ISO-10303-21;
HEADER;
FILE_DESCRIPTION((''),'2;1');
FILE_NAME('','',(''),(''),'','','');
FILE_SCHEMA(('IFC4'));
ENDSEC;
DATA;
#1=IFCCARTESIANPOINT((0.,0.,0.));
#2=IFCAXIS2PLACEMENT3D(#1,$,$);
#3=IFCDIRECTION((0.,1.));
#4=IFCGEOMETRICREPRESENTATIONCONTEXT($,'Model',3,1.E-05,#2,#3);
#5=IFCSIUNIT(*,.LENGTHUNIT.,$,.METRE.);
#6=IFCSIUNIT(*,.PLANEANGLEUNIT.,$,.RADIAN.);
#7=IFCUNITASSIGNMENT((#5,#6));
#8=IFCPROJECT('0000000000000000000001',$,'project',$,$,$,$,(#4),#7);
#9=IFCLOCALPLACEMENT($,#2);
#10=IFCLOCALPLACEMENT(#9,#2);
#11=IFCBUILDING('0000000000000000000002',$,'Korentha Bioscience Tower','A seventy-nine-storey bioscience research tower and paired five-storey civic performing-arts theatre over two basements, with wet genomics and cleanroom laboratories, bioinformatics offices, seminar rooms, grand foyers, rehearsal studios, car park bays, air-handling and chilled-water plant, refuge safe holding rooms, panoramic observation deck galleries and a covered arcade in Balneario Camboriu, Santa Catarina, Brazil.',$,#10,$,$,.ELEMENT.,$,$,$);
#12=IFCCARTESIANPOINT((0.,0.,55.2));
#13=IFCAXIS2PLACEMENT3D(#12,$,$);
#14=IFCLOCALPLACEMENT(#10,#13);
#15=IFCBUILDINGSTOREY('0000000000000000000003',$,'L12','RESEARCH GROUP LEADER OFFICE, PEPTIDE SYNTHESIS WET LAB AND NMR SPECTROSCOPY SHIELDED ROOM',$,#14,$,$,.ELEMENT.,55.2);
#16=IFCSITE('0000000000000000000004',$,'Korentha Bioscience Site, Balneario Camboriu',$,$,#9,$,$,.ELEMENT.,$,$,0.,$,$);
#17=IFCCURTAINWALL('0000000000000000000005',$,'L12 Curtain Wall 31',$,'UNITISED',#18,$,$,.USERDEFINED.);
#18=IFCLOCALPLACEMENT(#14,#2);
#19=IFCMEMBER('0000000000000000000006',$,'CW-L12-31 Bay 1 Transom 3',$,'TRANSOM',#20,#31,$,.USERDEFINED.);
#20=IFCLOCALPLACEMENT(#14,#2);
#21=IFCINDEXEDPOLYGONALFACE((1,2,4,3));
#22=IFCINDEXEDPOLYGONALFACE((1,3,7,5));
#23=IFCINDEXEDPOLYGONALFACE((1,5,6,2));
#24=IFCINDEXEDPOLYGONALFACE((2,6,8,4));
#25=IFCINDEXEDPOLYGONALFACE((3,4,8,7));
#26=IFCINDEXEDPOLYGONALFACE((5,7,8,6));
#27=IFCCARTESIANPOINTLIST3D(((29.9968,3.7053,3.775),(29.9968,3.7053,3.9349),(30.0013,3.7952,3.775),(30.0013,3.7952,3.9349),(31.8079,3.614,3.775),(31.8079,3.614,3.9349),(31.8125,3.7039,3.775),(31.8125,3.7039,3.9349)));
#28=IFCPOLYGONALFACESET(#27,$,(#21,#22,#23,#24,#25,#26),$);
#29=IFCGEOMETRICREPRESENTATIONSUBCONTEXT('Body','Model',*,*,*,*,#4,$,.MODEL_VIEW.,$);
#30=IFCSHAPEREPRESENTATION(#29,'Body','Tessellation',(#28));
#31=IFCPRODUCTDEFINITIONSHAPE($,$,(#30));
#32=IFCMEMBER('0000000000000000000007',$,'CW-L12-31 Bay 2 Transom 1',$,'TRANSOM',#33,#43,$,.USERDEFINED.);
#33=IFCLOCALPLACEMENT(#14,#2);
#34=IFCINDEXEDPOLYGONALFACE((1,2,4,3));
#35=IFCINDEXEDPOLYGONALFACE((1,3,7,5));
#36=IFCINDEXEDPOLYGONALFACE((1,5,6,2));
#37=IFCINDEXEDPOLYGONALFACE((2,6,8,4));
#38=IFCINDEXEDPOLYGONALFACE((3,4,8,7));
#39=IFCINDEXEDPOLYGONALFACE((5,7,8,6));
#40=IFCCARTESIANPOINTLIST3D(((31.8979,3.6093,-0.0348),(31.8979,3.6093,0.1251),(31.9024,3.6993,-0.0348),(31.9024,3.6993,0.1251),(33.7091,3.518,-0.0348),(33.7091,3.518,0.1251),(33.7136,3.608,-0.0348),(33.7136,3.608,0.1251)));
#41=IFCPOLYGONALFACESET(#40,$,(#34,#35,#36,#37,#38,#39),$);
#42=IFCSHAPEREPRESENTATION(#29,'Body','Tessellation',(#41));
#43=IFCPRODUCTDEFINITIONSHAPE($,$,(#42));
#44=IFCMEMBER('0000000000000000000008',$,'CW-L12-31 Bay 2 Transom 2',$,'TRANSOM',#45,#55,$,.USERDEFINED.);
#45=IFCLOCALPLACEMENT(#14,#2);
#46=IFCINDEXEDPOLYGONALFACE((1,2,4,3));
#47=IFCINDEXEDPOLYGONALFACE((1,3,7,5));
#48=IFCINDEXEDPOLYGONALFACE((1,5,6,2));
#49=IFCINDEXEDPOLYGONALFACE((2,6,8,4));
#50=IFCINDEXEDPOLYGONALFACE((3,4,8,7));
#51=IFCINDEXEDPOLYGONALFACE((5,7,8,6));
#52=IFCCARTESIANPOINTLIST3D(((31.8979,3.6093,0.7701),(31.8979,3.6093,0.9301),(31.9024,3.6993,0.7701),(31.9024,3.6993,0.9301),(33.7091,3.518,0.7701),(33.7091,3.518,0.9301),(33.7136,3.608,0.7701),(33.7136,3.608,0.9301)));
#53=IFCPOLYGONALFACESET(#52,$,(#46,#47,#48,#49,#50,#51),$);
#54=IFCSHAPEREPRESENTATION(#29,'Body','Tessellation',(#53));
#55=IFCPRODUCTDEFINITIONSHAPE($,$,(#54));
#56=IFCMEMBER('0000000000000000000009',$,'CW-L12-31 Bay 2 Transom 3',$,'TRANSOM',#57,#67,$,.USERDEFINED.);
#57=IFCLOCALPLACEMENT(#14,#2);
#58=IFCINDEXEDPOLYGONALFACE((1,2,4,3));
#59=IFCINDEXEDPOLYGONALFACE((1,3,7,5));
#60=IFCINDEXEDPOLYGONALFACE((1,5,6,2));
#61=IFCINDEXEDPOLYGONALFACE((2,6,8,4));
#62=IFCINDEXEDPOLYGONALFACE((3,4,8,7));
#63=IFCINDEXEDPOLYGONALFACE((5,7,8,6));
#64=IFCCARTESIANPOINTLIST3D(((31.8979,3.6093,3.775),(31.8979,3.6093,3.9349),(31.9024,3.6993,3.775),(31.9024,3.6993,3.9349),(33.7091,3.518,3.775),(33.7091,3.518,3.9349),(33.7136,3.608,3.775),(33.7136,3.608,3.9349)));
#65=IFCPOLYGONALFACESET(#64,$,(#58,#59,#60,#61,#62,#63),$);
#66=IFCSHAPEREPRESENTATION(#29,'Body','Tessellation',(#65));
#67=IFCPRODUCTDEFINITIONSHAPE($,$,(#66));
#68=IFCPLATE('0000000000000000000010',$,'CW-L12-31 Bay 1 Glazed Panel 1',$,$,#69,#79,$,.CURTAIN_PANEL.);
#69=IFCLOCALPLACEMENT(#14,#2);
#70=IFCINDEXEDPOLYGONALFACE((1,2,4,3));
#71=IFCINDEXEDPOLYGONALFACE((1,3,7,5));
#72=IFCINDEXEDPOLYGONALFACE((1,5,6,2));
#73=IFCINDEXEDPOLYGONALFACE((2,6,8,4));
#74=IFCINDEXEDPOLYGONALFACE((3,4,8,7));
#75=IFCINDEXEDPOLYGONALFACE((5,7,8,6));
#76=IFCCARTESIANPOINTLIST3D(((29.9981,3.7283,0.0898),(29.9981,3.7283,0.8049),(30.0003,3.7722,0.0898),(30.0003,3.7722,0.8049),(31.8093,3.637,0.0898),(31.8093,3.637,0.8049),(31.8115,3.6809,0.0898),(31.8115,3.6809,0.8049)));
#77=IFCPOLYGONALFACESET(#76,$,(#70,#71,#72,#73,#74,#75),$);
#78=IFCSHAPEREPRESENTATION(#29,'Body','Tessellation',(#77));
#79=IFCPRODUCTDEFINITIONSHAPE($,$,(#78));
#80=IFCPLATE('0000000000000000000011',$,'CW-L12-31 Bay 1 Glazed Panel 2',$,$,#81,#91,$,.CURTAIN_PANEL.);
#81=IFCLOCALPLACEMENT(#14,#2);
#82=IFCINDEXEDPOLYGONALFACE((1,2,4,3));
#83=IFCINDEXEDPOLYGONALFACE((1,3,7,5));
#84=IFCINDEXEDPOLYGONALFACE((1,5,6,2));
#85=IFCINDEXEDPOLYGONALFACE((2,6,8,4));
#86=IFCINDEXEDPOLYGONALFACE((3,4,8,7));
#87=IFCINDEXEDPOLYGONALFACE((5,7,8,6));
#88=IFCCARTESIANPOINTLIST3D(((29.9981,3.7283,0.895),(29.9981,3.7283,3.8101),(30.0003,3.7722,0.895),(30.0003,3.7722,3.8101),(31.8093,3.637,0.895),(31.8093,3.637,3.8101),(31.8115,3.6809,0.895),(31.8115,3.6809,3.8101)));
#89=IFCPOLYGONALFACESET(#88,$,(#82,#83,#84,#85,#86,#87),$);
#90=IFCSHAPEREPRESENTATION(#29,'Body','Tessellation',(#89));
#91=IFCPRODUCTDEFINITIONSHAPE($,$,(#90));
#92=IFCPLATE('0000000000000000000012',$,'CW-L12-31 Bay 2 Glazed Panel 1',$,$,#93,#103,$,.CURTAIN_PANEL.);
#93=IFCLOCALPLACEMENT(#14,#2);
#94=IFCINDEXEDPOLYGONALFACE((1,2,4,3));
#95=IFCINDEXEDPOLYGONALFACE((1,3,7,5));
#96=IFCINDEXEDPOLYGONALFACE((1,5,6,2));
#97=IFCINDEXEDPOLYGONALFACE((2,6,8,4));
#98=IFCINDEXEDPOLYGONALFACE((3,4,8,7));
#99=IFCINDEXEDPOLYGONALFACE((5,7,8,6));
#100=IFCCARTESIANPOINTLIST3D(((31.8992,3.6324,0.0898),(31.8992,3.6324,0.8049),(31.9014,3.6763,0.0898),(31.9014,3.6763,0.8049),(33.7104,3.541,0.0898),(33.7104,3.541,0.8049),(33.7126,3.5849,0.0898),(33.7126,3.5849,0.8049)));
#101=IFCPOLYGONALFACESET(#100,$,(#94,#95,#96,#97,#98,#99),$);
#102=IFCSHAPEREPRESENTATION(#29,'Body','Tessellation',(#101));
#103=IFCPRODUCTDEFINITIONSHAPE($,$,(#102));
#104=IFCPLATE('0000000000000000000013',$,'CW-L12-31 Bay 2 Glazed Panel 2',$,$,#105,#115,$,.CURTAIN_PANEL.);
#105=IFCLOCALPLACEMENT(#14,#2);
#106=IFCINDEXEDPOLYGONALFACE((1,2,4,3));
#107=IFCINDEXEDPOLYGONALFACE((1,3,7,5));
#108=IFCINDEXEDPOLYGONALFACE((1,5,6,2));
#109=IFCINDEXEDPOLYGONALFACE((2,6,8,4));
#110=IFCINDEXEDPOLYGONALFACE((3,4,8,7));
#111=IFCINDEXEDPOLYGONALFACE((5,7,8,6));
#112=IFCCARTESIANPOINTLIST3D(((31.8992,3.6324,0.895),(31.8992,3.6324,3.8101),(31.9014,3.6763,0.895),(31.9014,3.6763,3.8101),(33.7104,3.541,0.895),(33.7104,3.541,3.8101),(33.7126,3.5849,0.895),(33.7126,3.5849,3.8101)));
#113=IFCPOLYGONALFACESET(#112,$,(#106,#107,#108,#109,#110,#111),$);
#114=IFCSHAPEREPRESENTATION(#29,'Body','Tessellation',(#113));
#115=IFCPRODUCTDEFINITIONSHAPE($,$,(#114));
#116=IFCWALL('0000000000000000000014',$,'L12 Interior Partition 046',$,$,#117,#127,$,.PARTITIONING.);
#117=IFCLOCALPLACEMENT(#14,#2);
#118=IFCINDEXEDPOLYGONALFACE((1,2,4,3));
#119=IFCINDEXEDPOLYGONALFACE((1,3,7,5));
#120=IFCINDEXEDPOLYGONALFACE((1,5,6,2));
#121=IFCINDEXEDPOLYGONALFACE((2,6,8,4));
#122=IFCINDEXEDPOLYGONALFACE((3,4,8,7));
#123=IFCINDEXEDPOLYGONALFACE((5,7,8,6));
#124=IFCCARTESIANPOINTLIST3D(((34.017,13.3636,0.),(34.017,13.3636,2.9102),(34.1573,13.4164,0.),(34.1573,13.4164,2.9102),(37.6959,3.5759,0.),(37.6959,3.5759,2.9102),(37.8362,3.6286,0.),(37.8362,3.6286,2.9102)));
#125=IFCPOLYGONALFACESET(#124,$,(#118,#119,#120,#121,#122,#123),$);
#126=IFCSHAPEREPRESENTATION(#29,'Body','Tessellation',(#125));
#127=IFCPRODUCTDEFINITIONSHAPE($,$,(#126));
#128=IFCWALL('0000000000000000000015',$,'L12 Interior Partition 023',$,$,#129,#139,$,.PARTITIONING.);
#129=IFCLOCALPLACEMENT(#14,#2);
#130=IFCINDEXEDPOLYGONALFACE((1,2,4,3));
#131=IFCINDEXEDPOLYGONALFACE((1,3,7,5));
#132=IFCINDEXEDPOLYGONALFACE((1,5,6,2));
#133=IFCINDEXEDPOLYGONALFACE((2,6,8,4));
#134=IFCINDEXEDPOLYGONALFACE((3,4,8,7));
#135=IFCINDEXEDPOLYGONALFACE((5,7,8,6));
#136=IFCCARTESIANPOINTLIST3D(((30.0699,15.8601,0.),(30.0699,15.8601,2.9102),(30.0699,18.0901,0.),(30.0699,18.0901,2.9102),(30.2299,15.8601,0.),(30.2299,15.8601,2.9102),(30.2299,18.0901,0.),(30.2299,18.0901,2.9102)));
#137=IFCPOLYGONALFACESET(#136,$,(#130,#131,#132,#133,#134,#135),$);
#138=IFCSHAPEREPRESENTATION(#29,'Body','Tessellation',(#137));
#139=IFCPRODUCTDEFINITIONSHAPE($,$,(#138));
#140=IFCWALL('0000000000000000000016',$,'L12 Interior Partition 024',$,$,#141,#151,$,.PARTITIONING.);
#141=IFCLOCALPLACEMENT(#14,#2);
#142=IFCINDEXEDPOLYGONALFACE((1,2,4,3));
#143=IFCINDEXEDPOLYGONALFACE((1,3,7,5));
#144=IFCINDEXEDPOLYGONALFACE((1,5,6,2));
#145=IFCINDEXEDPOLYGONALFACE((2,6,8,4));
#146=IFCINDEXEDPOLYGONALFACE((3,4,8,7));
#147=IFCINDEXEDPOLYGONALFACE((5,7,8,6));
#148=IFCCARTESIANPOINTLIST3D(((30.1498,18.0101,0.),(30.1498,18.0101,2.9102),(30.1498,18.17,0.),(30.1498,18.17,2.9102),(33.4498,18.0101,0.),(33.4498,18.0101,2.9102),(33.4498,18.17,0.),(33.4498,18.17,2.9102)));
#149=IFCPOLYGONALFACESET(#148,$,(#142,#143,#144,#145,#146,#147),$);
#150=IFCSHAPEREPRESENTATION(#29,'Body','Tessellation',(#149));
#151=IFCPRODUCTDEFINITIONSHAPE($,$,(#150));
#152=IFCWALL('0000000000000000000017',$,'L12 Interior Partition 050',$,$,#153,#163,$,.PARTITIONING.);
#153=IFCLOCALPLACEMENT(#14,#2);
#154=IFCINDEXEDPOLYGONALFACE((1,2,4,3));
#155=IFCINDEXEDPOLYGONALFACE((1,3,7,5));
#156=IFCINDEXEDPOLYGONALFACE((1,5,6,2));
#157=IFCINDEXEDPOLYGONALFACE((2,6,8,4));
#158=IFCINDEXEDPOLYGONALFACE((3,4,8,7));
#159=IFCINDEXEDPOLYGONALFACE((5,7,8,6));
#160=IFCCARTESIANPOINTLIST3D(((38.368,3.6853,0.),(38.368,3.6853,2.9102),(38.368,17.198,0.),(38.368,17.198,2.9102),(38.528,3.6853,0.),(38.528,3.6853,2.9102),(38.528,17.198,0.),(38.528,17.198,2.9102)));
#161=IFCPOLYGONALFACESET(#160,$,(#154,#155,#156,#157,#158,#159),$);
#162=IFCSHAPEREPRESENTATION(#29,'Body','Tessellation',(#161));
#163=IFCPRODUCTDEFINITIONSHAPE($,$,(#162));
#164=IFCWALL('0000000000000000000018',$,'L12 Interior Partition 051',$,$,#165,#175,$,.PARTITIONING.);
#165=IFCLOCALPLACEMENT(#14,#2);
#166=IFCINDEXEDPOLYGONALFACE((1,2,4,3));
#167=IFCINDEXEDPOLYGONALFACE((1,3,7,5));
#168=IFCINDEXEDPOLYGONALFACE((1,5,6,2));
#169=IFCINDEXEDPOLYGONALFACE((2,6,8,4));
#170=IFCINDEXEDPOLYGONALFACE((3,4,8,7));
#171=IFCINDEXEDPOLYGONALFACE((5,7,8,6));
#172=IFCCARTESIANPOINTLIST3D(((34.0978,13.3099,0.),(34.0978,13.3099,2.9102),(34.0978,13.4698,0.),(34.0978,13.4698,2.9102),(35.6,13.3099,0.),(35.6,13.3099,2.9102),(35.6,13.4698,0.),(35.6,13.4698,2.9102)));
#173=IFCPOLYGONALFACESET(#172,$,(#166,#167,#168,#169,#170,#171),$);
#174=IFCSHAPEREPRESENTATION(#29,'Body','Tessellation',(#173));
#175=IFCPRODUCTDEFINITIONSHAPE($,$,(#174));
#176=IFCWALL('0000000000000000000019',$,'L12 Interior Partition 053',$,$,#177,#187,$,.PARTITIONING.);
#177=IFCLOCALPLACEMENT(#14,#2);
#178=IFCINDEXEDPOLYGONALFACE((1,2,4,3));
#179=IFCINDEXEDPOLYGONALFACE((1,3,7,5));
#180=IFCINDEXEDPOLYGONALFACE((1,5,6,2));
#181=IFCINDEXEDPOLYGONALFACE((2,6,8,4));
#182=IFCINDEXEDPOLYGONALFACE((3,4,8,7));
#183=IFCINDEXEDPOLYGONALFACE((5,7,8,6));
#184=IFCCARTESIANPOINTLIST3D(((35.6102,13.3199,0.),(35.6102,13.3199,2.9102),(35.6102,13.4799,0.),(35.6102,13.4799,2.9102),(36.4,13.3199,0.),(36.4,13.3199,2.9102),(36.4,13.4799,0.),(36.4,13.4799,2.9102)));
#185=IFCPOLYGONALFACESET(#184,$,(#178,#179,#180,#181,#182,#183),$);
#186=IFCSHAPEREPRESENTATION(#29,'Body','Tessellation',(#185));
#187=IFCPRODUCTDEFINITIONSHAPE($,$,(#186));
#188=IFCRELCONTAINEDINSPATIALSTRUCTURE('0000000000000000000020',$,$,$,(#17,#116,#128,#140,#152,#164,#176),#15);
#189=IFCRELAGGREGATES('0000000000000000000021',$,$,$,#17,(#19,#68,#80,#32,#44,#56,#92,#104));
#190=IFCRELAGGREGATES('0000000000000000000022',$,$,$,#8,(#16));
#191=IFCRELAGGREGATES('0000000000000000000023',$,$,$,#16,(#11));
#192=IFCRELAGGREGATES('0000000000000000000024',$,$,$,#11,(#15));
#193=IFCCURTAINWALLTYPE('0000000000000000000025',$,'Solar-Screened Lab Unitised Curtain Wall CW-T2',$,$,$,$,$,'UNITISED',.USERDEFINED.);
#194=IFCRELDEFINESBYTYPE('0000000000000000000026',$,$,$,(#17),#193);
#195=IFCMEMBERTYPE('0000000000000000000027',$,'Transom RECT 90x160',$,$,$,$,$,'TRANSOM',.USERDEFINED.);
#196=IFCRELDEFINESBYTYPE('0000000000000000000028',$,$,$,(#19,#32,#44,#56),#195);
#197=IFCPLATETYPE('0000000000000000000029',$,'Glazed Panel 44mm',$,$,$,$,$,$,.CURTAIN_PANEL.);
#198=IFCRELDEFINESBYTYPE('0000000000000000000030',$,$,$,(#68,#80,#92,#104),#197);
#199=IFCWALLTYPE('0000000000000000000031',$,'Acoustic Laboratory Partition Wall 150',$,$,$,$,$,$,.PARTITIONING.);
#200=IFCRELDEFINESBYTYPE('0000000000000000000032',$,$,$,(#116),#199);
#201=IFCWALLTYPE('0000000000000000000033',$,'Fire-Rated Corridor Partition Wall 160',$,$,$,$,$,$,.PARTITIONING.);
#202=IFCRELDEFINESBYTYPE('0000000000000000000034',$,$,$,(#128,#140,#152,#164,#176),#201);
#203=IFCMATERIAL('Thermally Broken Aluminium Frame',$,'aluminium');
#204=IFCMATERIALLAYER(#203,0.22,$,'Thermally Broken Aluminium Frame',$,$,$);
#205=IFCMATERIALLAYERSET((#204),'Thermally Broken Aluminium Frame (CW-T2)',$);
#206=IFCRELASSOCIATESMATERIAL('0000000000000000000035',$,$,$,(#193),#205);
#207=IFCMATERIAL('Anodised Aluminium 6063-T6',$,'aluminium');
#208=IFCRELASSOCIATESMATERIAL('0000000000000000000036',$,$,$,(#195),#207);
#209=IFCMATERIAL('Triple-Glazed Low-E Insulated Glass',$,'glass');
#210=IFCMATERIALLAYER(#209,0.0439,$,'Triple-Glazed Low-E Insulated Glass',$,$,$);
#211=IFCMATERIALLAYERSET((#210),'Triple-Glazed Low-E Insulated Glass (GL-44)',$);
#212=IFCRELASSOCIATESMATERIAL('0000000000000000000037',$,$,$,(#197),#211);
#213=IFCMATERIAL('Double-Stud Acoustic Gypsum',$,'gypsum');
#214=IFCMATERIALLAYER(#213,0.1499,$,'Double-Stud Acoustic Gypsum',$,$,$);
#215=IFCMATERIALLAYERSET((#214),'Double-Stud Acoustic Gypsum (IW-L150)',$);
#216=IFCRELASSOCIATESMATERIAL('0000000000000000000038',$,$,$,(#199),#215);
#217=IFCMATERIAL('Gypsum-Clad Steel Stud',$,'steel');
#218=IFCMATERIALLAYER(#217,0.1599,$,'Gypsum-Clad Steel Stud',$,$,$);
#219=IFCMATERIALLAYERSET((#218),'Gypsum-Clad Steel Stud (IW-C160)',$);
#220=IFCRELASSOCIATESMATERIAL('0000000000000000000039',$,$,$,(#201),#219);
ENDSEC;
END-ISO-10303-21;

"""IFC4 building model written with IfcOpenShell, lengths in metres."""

from ifc_helpers import new_model, si_unit, direction, frame, frame_2d, origin, origin_2d, place, context, subcontext, project, spatial, rectangle, extrude, material, layer, layer_set, material_profile, profile_set, type_object, element, aggregate, save


model = new_model("IFC4")

# Units and contexts
model_context = context("Model", 3, precision=1e-05, world=origin(), true_north=direction((0.0, 1.0)))
body_context = subcontext(model_context, "Body", "Model", "MODEL_VIEW")
ifc_project = project(units=[si_unit("LENGTHUNIT", "METRE"), si_unit("PLANEANGLEUNIT", "RADIAN")], contexts=[model_context])

# Site, building, storey
site_placement = place(None, origin())
site = spatial("IfcSite", under=ifc_project, at=site_placement, Name="Korentha Bioscience Site, Balneario Camboriu", CompositionType="ELEMENT", RefElevation=0.0)
building_placement = place(site_placement, origin())
building = spatial("IfcBuilding", under=site, at=building_placement, Name="Korentha Bioscience Tower", Description="A seventy-nine-storey bioscience research tower and paired five-storey civic performing-arts theatre over two basements, with wet genomics and cleanroom laboratories, bioinformatics offices, seminar rooms, grand foyers, rehearsal studios, car park bays, air-handling and chilled-water plant, refuge safe holding rooms, panoramic observation deck galleries and a covered arcade in Balneario Camboriu, Santa Catarina, Brazil.", CompositionType="ELEMENT")
storey_placement = place(building_placement, frame((0.0, 0.0, 55.2)))
storey = spatial("IfcBuildingStorey", under=building, at=storey_placement, Name="L12", Description="RESEARCH GROUP LEADER OFFICE, PEPTIDE SYNTHESIS WET LAB AND NMR SPECTROSCOPY SHIELDED ROOM", CompositionType="ELEMENT", Elevation=55.2)

# Curtain wall
ifc_material_1 = material(Name="Thermally Broken Aluminium Frame", Category="aluminium")
ifc_layer_1 = layer(ifc_material_1, 0.22, Name="Thermally Broken Aluminium Frame")
ifc_layer_set_1 = layer_set([ifc_layer_1], Name="Thermally Broken Aluminium Frame (CW-T2)")
curtain_wall_type = type_object("IfcCurtainWallType", Name="Solar-Screened Lab Unitised Curtain Wall CW-T2", ElementType="UNITISED", PredefinedType="USERDEFINED", material=ifc_layer_set_1)
curtain_wall_placement = place(storey_placement, origin())
curtain_wall = element("IfcCurtainWall", 1, at=curtain_wall_placement, inside=storey, type_object=curtain_wall_type, Name="L12 Curtain Wall 31", ObjectType="UNITISED", PredefinedType="USERDEFINED")
ifc_material_2 = material(Name="Anodised Aluminium 6063-T6", Category="aluminium")

# Members
ifc_material_profile_1 = material_profile(ifc_material_2, rectangle(XDim=0.0901, YDim=0.1599, at=origin_2d()), Name="Anodised Aluminium 6063-T6")
ifc_profile_set_1 = profile_set([ifc_material_profile_1], Name="Anodised Aluminium 6063-T6 (CW-TRN)")
member_type_1 = type_object("IfcMemberType", Name="Transom RECT 90x160", ElementType="TRANSOM", PredefinedType="USERDEFINED", material=ifc_profile_set_1)
member_1_placement = place(storey_placement, frame((29.999, 3.7502, 3.855), z_axis=(0.998732, -0.050347, 0.0), x_axis=(0.050347, 0.998732, 0.0)))
member_1 = element("IfcMember", 2, at=member_1_placement, type_object=member_type_1, Name="CW-L12-31 Bay 1 Transom 3", ObjectType="TRANSOM", PredefinedType="USERDEFINED", context=body_context, shape_type="SweptSolid", body=[
    extrude(rectangle(XDim=0.0901, YDim=0.1599, at=origin_2d()), origin(), (0.0, 0.0, 1.0), 1.8135),
])
member_2_placement = place(storey_placement, frame((31.9001, 3.6543, 0.0452), z_axis=(0.998732, -0.050347, 0.0), x_axis=(0.050347, 0.998732, 0.0)))
member_2 = element("IfcMember", 3, at=member_2_placement, type_object=member_type_1, Name="CW-L12-31 Bay 2 Transom 1", ObjectType="TRANSOM", PredefinedType="USERDEFINED", context=body_context, shape_type="SweptSolid", body=[
    extrude(rectangle(XDim=0.0901, YDim=0.1599, at=origin_2d()), origin(), (0.0, 0.0, 1.0), 1.8135),
])
member_3_placement = place(storey_placement, frame((31.9001, 3.6543, 0.8501), z_axis=(0.998732, -0.050347, 0.0), x_axis=(0.050347, 0.998732, 0.0)))
member_3 = element("IfcMember", 4, at=member_3_placement, type_object=member_type_1, Name="CW-L12-31 Bay 2 Transom 2", ObjectType="TRANSOM", PredefinedType="USERDEFINED", context=body_context, shape_type="SweptSolid", body=[
    extrude(rectangle(XDim=0.0901, YDim=0.1599, at=origin_2d()), origin(), (0.0, 0.0, 1.0), 1.8135),
])
member_4_placement = place(storey_placement, frame((31.9001, 3.6543, 3.855), z_axis=(0.998732, -0.050347, 0.0), x_axis=(0.050347, 0.998732, 0.0)))
member_4 = element("IfcMember", 5, at=member_4_placement, type_object=member_type_1, Name="CW-L12-31 Bay 2 Transom 3", ObjectType="TRANSOM", PredefinedType="USERDEFINED", context=body_context, shape_type="SweptSolid", body=[
    extrude(rectangle(XDim=0.0901, YDim=0.1599, at=origin_2d()), origin(), (0.0, 0.0, 1.0), 1.8135),
])

# Plates
ifc_material_3 = material(Name="Triple-Glazed Low-E Insulated Glass", Category="glass")
ifc_layer_2 = layer(ifc_material_3, 0.0439, Name="Triple-Glazed Low-E Insulated Glass")
ifc_layer_set_2 = layer_set([ifc_layer_2], Name="Triple-Glazed Low-E Insulated Glass (GL-44)")
plate_type = type_object("IfcPlateType", Name="Glazed Panel 44mm", PredefinedType="CURTAIN_PANEL", material=ifc_layer_set_2)
plate_1_placement = place(storey_placement, frame((30.9048, 3.7046, 0.0898), z_axis=(0.0, 0.0, 1.0), x_axis=(0.998731, -0.050371, 0.0)))
plate_1 = element("IfcPlate", 6, at=plate_1_placement, type_object=plate_type, Name="CW-L12-31 Bay 1 Glazed Panel 1", PredefinedType="CURTAIN_PANEL", context=body_context, shape_type="SweptSolid", body=[
    extrude(rectangle(XDim=1.8135, YDim=0.0439, at=origin_2d()), origin(), (0.0, 0.0, 1.0), 0.7151),
])
plate_2_placement = place(storey_placement, frame((30.9048, 3.7046, 0.895), z_axis=(0.0, 0.0, 1.0), x_axis=(0.998731, -0.050371, 0.0)))
plate_2 = element("IfcPlate", 7, at=plate_2_placement, type_object=plate_type, Name="CW-L12-31 Bay 1 Glazed Panel 2", PredefinedType="CURTAIN_PANEL", context=body_context, shape_type="SweptSolid", body=[
    extrude(rectangle(XDim=1.8135, YDim=0.0439, at=origin_2d()), origin(), (0.0, 0.0, 1.0), 2.915),
])
plate_3_placement = place(storey_placement, frame((32.8059, 3.6086, 0.0898), z_axis=(0.0, 0.0, 1.0), x_axis=(0.998731, -0.050371, 0.0)))
plate_3 = element("IfcPlate", 8, at=plate_3_placement, type_object=plate_type, Name="CW-L12-31 Bay 2 Glazed Panel 1", PredefinedType="CURTAIN_PANEL", context=body_context, shape_type="SweptSolid", body=[
    extrude(rectangle(XDim=1.8135, YDim=0.0439, at=origin_2d()), origin(), (0.0, 0.0, 1.0), 0.7151),
])
plate_4_placement = place(storey_placement, frame((32.8059, 3.6086, 0.895), z_axis=(0.0, 0.0, 1.0), x_axis=(0.998731, -0.050371, 0.0)))
plate_4 = element("IfcPlate", 9, at=plate_4_placement, type_object=plate_type, Name="CW-L12-31 Bay 2 Glazed Panel 2", PredefinedType="CURTAIN_PANEL", context=body_context, shape_type="SweptSolid", body=[
    extrude(rectangle(XDim=1.8135, YDim=0.0439, at=origin_2d()), origin(), (0.0, 0.0, 1.0), 2.915),
])
aggregate(curtain_wall, [member_1, plate_1, plate_2, member_2, member_3, member_4, plate_3, plate_4])

# Wall
ifc_material_4 = material(Name="Double-Stud Acoustic Gypsum", Category="gypsum")
ifc_layer_3 = layer(ifc_material_4, 0.1499, Name="Double-Stud Acoustic Gypsum")
ifc_layer_set_3 = layer_set([ifc_layer_3], Name="Double-Stud Acoustic Gypsum (IW-L150)")
wall_type_1 = type_object("IfcWallType", Name="Acoustic Laboratory Partition Wall 150", PredefinedType="PARTITIONING", material=ifc_layer_set_3)
wall_1_placement = place(storey_placement, frame((34.0872, 13.3899, 0.0), z_axis=(0.0, 0.0, 1.0), x_axis=(0.351837, -0.936061, 0.0)))
element("IfcWall", 10, at=wall_1_placement, inside=storey, type_object=wall_type_1, Name="L12 Interior Partition 046", PredefinedType="PARTITIONING", context=body_context, shape_type="SweptSolid", body=[
    extrude(rectangle(XDim=10.4563, YDim=0.1499, at=frame_2d((5.228, 0.0))), origin(), (0.0, 0.0, 1.0), 2.9102),
])

# Shared definitions
ifc_material_5 = material(Name="Gypsum-Clad Steel Stud", Category="steel")
ifc_layer_4 = layer(ifc_material_5, 0.1599, Name="Gypsum-Clad Steel Stud")
ifc_layer_set_4 = layer_set([ifc_layer_4], Name="Gypsum-Clad Steel Stud (IW-C160)")
wall_type_2 = type_object("IfcWallType", Name="Fire-Rated Corridor Partition Wall 160", PredefinedType="PARTITIONING", material=ifc_layer_set_4)

# Walls
wall_2_placement = place(storey_placement, frame((30.1499, 15.8601, 0.0), z_axis=(0.0, 0.0, 1.0), x_axis=(0.0, 1.0, 0.0)))
element("IfcWall", 11, at=wall_2_placement, inside=storey, type_object=wall_type_2, Name="L12 Interior Partition 023", PredefinedType="PARTITIONING", context=body_context, shape_type="SweptSolid", body=[
    extrude(rectangle(XDim=2.23, YDim=0.1599, at=frame_2d((1.115, 0.0))), origin(), (0.0, 0.0, 1.0), 2.9102),
])
wall_3_placement = place(storey_placement, frame((30.1499, 18.0901, 0.0), z_axis=(0.0, 0.0, 1.0), x_axis=(1.0, 0.0, 0.0)))
element("IfcWall", 12, at=wall_3_placement, inside=storey, type_object=wall_type_2, Name="L12 Interior Partition 024", PredefinedType="PARTITIONING", context=body_context, shape_type="SweptSolid", body=[
    extrude(rectangle(XDim=3.3, YDim=0.1599, at=frame_2d((1.6499, 0.0))), origin(), (0.0, 0.0, 1.0), 2.9102),
])
wall_4_placement = place(storey_placement, frame((38.448, 17.198, 0.0), z_axis=(0.0, 0.0, 1.0), x_axis=(0.0, -1.0, 0.0)))
element("IfcWall", 13, at=wall_4_placement, inside=storey, type_object=wall_type_2, Name="L12 Interior Partition 050", PredefinedType="PARTITIONING", context=body_context, shape_type="SweptSolid", body=[
    extrude(rectangle(XDim=13.5127, YDim=0.1599, at=frame_2d((6.7563, 0.0))), origin(), (0.0, 0.0, 1.0), 2.9102),
])
wall_5_placement = place(storey_placement, frame((34.0979, 13.3899, 0.0), z_axis=(0.0, 0.0, 1.0), x_axis=(1.0, 0.0, 0.0)))
element("IfcWall", 14, at=wall_5_placement, inside=storey, type_object=wall_type_2, Name="L12 Interior Partition 051", PredefinedType="PARTITIONING", context=body_context, shape_type="SweptSolid", body=[
    extrude(rectangle(XDim=1.5022, YDim=0.1599, at=frame_2d((0.751, 0.0))), origin(), (0.0, 0.0, 1.0), 2.9102),
])
wall_6_placement = place(storey_placement, frame((35.6101, 13.3999, 0.0), z_axis=(0.0, 0.0, 1.0), x_axis=(1.0, 0.0, 0.0)))
element("IfcWall", 15, at=wall_6_placement, inside=storey, type_object=wall_type_2, Name="L12 Interior Partition 053", PredefinedType="PARTITIONING", context=body_context, shape_type="SweptSolid", body=[
    extrude(rectangle(XDim=0.7898, YDim=0.1599, at=frame_2d((0.395, 0.0))), origin(), (0.0, 0.0, 1.0), 2.9102),
])

save(model, "model.ifc")
